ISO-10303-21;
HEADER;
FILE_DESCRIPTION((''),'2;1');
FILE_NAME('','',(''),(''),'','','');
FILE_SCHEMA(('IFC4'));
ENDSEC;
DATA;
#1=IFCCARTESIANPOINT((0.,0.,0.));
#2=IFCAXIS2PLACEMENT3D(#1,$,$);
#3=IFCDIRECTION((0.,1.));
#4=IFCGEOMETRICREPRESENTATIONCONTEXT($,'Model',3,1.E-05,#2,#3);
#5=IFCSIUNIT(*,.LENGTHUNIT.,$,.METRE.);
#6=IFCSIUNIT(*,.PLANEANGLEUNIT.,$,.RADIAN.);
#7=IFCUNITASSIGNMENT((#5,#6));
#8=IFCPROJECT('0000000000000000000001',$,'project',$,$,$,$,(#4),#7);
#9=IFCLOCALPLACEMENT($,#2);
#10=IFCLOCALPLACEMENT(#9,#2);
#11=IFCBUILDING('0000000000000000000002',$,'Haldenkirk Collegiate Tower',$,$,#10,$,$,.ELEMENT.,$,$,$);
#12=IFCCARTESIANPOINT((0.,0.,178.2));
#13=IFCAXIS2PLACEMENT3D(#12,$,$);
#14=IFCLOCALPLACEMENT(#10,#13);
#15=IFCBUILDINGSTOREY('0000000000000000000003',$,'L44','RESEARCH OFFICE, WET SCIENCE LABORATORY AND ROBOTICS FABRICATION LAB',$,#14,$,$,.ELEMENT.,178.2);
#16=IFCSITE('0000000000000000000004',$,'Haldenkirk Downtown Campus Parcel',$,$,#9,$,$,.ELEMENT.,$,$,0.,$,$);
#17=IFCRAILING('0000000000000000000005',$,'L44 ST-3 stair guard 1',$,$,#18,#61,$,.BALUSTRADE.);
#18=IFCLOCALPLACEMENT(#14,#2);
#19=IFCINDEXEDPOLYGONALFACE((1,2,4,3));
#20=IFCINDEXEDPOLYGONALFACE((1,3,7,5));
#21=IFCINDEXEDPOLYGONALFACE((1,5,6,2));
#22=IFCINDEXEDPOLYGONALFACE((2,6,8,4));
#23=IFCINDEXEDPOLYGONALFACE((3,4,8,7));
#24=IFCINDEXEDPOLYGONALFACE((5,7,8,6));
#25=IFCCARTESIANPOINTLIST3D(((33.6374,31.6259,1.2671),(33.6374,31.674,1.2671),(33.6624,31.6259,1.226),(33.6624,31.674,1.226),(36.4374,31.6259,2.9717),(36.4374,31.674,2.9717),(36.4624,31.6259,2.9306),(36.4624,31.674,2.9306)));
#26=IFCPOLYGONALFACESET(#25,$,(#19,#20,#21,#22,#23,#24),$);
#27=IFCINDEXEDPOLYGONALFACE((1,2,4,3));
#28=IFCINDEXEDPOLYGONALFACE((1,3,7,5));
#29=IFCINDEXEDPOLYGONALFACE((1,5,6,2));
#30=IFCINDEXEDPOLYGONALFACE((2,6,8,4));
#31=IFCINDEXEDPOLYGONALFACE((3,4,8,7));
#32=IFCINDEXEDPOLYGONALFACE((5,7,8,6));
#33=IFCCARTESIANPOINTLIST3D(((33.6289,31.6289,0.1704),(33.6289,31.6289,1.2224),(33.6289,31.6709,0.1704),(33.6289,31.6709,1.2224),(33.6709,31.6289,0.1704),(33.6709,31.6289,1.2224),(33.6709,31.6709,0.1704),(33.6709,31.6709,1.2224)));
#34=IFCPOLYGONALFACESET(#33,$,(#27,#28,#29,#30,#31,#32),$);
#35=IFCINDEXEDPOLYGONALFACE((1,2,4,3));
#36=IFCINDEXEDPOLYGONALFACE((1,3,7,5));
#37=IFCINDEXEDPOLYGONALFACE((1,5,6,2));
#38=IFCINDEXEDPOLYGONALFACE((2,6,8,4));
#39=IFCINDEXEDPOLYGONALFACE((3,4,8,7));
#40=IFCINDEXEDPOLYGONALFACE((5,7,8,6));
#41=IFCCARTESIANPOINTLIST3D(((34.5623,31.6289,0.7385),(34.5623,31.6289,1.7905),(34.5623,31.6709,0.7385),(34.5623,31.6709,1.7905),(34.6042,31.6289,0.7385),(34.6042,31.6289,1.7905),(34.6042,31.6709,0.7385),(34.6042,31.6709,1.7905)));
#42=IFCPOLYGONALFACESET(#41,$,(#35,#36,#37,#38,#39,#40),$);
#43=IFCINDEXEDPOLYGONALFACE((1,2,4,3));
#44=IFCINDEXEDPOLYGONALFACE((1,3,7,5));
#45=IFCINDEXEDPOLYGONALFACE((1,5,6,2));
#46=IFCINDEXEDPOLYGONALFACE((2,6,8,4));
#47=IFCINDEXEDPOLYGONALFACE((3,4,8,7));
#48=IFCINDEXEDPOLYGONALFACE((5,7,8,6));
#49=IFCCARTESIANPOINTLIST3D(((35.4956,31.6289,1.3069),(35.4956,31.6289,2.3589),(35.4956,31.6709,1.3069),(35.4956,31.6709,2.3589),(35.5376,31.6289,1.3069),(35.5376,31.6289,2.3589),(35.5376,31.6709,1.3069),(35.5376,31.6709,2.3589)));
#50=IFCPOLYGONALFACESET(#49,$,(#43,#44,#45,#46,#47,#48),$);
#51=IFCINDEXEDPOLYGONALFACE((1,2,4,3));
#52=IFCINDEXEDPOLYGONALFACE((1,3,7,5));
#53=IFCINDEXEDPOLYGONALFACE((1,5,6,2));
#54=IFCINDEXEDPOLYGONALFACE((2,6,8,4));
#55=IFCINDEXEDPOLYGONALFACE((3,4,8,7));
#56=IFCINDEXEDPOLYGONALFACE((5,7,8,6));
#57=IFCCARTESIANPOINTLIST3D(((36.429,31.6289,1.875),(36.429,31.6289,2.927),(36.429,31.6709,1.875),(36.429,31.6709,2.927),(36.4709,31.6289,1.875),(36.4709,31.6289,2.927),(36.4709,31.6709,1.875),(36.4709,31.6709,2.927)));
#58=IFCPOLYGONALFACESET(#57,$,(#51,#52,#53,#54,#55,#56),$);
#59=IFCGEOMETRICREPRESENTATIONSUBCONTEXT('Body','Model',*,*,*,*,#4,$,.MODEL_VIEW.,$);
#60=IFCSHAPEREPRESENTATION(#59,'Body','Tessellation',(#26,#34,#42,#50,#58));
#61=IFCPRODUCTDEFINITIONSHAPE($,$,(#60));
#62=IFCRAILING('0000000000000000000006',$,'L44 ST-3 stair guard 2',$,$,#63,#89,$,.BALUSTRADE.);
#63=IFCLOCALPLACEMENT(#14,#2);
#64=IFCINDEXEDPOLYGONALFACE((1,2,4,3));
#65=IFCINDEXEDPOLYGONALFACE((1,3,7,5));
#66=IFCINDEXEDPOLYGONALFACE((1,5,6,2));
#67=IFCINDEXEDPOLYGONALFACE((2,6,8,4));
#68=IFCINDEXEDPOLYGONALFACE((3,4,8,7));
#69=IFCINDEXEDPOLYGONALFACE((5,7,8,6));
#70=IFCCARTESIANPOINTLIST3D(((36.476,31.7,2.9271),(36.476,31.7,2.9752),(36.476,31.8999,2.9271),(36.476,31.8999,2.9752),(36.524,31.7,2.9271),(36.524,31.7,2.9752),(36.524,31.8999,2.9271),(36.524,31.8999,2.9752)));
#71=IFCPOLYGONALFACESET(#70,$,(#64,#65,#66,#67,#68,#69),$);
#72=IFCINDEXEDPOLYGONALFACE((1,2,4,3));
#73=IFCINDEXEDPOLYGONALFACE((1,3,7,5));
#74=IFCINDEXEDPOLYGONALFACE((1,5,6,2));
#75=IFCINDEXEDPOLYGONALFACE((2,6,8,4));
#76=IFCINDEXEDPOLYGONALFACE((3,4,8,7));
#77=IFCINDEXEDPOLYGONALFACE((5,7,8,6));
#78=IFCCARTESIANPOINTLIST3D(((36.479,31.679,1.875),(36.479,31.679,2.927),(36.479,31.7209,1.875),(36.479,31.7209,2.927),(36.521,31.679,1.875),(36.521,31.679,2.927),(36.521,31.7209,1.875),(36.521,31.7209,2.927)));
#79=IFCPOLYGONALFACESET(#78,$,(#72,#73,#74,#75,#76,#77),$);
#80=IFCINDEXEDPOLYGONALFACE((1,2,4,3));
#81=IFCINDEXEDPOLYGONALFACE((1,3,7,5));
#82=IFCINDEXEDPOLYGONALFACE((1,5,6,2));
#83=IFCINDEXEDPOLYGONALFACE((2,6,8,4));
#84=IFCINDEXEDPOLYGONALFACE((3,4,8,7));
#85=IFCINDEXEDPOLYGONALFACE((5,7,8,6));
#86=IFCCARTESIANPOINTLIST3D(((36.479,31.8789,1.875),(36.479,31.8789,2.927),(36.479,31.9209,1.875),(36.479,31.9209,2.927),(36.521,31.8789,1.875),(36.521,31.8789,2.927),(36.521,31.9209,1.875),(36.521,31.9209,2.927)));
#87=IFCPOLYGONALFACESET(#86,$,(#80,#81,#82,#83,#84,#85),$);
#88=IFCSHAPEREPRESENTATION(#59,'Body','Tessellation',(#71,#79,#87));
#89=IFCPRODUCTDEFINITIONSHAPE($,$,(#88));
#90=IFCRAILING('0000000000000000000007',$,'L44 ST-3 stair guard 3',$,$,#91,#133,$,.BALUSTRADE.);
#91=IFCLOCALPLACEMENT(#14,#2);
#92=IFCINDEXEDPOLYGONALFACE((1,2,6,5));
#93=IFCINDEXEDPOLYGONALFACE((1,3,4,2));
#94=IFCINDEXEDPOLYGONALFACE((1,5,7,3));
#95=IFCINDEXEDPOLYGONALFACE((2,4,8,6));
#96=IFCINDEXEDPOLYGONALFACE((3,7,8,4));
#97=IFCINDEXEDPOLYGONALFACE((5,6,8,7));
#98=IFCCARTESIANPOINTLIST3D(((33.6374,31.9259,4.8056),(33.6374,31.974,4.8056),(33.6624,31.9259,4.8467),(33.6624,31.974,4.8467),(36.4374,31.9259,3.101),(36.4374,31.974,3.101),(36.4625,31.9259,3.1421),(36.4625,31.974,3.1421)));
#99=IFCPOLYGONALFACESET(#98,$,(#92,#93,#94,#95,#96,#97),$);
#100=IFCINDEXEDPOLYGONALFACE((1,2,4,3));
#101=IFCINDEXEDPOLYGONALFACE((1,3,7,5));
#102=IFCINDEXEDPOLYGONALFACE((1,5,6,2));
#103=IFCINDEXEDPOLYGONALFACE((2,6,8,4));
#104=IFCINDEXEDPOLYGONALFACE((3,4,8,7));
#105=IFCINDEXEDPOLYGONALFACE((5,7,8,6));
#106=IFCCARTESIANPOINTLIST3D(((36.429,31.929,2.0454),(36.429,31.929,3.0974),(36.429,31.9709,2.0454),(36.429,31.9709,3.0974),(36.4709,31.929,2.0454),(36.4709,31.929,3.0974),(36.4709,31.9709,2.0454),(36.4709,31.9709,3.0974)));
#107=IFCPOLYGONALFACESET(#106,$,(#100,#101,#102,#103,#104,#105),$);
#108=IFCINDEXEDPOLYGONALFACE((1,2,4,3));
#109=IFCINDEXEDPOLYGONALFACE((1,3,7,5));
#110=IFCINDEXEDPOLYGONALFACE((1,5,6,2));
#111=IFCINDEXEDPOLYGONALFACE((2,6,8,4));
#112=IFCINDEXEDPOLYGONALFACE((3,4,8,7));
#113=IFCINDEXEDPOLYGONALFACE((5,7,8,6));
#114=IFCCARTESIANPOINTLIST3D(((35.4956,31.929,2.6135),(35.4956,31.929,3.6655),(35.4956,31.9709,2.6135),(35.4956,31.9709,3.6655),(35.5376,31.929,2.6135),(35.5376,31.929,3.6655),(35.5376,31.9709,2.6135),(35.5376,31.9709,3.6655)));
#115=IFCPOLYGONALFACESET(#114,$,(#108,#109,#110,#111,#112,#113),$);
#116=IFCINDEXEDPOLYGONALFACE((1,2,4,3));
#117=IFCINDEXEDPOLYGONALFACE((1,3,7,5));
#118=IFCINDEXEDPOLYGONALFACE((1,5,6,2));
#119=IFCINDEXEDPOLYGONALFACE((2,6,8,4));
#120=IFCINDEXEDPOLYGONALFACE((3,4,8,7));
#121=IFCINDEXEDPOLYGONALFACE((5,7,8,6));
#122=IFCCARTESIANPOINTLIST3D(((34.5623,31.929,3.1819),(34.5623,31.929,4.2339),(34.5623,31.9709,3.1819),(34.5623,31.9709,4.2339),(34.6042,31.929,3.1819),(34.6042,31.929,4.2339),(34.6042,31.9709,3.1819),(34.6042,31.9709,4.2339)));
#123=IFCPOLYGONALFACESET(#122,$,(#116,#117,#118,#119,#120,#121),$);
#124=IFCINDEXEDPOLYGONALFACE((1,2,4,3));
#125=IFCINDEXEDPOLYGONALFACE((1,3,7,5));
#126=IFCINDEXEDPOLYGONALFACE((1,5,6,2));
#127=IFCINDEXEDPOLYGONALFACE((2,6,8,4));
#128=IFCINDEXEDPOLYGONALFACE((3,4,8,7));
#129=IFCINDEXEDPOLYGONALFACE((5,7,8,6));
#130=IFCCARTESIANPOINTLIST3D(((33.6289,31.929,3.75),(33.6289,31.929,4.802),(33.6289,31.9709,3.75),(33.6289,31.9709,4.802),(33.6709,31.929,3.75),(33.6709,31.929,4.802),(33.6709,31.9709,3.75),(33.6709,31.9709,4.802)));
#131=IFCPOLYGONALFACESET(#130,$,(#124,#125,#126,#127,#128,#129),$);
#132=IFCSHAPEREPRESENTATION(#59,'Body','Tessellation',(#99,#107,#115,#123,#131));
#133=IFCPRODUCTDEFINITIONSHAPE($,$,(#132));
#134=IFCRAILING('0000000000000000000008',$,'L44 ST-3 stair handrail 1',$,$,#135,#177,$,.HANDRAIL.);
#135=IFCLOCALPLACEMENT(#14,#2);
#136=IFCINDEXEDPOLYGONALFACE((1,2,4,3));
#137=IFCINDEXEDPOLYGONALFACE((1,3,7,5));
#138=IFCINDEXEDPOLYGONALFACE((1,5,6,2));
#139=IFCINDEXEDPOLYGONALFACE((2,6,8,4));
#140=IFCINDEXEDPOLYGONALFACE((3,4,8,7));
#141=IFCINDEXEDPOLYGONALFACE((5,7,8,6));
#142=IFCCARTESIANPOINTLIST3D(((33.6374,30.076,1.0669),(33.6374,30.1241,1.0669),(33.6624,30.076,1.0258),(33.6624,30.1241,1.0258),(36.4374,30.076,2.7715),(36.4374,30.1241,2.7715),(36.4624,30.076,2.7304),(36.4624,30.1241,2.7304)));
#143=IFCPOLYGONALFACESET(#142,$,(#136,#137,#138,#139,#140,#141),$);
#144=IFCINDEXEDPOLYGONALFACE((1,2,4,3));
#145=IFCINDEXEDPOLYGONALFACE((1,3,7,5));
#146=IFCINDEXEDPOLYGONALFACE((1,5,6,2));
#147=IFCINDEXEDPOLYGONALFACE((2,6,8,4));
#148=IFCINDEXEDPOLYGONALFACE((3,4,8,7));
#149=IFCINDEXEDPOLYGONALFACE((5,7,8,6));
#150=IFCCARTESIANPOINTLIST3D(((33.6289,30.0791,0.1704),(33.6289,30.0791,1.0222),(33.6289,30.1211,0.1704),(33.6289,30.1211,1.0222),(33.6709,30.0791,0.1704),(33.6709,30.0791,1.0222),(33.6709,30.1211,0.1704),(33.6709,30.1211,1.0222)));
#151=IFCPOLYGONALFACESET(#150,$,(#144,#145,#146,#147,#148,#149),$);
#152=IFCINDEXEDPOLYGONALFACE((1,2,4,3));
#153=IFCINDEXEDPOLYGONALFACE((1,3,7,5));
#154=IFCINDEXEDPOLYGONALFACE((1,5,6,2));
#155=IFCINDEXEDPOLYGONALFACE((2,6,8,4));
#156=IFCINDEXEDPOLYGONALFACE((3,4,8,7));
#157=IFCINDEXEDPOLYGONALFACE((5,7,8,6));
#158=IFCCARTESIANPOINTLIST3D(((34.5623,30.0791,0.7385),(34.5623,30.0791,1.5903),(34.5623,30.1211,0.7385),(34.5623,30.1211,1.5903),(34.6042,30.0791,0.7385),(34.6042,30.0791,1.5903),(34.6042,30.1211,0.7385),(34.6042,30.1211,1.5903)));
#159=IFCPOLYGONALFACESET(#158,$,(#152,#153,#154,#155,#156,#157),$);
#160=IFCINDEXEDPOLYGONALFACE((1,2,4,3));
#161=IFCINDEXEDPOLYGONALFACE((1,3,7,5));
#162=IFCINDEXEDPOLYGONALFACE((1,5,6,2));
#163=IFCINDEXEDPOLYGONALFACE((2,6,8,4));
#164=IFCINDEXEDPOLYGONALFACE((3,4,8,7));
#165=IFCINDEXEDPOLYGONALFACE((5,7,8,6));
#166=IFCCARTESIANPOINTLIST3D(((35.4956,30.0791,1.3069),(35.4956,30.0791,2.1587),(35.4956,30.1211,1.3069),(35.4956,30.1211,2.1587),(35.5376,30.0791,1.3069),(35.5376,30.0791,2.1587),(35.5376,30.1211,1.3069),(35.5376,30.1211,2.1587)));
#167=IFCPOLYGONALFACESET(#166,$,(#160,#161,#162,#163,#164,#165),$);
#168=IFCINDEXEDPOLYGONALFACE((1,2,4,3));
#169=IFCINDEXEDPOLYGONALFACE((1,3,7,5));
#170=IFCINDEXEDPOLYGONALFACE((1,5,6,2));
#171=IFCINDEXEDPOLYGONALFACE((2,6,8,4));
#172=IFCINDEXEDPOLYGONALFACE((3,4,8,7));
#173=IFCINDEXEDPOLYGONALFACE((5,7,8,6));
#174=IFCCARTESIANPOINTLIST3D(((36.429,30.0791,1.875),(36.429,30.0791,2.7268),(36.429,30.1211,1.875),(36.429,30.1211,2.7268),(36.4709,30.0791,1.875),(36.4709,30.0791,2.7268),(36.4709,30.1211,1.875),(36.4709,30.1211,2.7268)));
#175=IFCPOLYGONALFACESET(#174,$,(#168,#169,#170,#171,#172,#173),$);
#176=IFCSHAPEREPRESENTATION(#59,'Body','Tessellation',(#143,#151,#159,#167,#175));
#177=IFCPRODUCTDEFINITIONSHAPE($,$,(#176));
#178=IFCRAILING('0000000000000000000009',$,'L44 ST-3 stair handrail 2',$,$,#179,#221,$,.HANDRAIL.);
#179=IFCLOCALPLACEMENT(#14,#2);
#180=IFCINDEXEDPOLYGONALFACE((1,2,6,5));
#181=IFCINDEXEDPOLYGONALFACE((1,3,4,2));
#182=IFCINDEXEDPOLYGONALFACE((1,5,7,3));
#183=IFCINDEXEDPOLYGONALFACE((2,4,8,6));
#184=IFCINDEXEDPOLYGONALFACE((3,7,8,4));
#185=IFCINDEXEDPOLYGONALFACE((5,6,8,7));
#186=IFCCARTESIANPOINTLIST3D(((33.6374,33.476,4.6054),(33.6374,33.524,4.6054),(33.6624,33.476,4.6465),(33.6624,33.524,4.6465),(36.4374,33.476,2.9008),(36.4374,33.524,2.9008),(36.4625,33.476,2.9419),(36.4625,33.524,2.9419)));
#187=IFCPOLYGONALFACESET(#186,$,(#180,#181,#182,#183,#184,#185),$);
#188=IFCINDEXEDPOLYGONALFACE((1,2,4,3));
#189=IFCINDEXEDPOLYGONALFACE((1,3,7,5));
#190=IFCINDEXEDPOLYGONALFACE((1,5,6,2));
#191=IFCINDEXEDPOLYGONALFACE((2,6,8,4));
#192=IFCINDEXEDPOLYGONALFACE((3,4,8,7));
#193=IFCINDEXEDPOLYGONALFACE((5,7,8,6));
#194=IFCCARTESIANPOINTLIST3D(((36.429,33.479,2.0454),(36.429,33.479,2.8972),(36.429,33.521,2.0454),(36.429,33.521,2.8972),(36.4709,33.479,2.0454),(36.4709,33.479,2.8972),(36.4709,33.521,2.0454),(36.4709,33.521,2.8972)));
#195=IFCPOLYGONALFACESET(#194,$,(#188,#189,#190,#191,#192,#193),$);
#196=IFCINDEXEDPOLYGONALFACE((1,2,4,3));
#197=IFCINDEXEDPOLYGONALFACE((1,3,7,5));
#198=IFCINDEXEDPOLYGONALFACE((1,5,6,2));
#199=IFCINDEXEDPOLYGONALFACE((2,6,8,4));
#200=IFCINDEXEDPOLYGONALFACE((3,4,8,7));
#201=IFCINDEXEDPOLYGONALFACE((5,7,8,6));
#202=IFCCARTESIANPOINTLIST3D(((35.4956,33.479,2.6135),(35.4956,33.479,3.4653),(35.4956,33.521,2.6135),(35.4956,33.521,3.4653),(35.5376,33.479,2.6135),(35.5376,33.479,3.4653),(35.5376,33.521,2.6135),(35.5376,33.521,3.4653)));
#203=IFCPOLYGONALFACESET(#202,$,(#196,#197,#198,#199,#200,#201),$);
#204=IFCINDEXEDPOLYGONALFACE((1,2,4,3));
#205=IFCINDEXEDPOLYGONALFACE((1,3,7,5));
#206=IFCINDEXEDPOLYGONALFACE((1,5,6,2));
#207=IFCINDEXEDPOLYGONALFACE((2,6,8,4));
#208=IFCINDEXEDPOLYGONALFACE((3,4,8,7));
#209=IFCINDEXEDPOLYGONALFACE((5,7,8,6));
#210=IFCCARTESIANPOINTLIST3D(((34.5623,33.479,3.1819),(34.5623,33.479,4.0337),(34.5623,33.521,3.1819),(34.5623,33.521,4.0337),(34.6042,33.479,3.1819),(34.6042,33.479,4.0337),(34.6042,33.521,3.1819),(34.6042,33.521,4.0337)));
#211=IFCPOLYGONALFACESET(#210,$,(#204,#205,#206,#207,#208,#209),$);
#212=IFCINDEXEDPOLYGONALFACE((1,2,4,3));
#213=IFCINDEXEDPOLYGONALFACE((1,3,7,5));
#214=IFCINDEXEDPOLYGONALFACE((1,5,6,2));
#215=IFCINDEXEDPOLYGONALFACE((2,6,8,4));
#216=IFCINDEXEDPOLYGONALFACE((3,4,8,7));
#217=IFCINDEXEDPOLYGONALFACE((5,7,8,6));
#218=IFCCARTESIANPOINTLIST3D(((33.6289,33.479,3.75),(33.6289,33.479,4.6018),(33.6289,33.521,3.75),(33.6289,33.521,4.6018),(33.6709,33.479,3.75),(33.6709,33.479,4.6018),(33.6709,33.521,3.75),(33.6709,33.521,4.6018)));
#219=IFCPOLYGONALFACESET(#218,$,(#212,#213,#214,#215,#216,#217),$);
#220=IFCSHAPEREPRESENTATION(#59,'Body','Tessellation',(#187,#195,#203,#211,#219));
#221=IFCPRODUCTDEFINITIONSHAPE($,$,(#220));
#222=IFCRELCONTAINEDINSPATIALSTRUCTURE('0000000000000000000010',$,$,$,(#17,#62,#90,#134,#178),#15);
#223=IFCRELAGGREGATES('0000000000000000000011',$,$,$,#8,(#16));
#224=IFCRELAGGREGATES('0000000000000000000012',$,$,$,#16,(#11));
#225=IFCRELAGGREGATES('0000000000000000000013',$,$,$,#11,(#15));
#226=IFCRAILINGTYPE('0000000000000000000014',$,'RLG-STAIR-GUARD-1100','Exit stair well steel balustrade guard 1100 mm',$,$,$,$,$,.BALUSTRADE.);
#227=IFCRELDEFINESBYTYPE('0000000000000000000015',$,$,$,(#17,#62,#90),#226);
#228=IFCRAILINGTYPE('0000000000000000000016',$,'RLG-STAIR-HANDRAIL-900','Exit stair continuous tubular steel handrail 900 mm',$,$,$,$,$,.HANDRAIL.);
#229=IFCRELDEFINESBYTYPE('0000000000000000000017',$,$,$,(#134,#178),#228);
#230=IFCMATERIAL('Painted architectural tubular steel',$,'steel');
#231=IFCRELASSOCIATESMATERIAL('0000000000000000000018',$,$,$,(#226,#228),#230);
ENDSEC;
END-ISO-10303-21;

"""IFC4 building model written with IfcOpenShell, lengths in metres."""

from ifc_helpers import new_model, si_unit, direction, frame, origin, origin_2d, place, context, subcontext, project, spatial, rectangle, extrude, material, type_object, element, save


model = new_model("IFC4")

# Units and contexts
model_context = context("Model", 3, precision=1e-05, world=origin(), true_north=direction((0.0, 1.0)))
body_context = subcontext(model_context, "Body", "Model", "MODEL_VIEW")
ifc_project = project(units=[si_unit("LENGTHUNIT", "METRE"), si_unit("PLANEANGLEUNIT", "RADIAN")], contexts=[model_context])

# Site, building, storey
site_placement = place(None, origin())
site = spatial("IfcSite", under=ifc_project, at=site_placement, Name="Haldenkirk Downtown Campus Parcel", CompositionType="ELEMENT", RefElevation=0.0)
building_placement = place(site_placement, origin())
building = spatial("IfcBuilding", under=site, at=building_placement, Name="Haldenkirk Collegiate Tower", CompositionType="ELEMENT")
storey_placement = place(building_placement, frame((0.0, 0.0, 178.2)))
storey = spatial("IfcBuildingStorey", under=building, at=storey_placement, Name="L44", Description="RESEARCH OFFICE, WET SCIENCE LABORATORY AND ROBOTICS FABRICATION LAB", CompositionType="ELEMENT", Elevation=178.2)

# Railings
ifc_material_1 = material(Name="Painted architectural tubular steel", Category="steel")
railing_type_1 = type_object("IfcRailingType", Name="RLG-STAIR-GUARD-1100", Description="Exit stair well steel balustrade guard 1100 mm", PredefinedType="BALUSTRADE", material=ifc_material_1)
railing_1_placement = place(storey_placement, frame((33.6499, 31.6499, 0.1704)))
element("IfcRailing", 1, at=railing_1_placement, inside=storey, type_object=railing_type_1, Name="L44 ST-3 stair guard 1", PredefinedType="BALUSTRADE", context=body_context, shape_type="SweptSolid", body=[
    extrude(rectangle(XDim=0.0481, YDim=0.0481, at=origin_2d()), frame((0.0, 0.0, 1.0762), z_axis=(0.85417, 0.0, 0.519994), x_axis=(0.0, 1.0, 0.0)), (0.0, 0.0, 1.0), 3.2781),
    extrude(rectangle(XDim=0.042, YDim=0.042, at=origin_2d()), origin(), (0.0, 0.0, 1.0), 1.052),
    extrude(rectangle(XDim=0.042, YDim=0.042, at=origin_2d()), frame((0.9333, 0.0, 0.5681)), (0.0, 0.0, 1.0), 1.052),
    extrude(rectangle(XDim=0.042, YDim=0.042, at=origin_2d()), frame((1.8667, 0.0, 1.1365)), (0.0, 0.0, 1.0), 1.052),
    extrude(rectangle(XDim=0.042, YDim=0.042, at=origin_2d()), frame((2.8, 0.0, 1.7046)), (0.0, 0.0, 1.0), 1.052),
])
railing_2_placement = place(storey_placement, frame((36.5, 31.7, 1.875)))
element("IfcRailing", 2, at=railing_2_placement, inside=storey, type_object=railing_type_1, Name="L44 ST-3 stair guard 2", PredefinedType="BALUSTRADE", context=body_context, shape_type="SweptSolid", body=[
    extrude(rectangle(XDim=0.0481, YDim=0.0481, at=origin_2d()), frame((0.0, 0.0, 1.0762), z_axis=(0.0, 1.0, 0.0), x_axis=(-1.0, 0.0, 0.0)), (0.0, 0.0, 1.0), 0.2),
    extrude(rectangle(XDim=0.042, YDim=0.042, at=origin_2d()), origin(), (0.0, 0.0, 1.0), 1.052),
    extrude(rectangle(XDim=0.042, YDim=0.042, at=origin_2d()), frame((0.0, 0.2, 0.0)), (0.0, 0.0, 1.0), 1.052),
])
railing_3_placement = place(storey_placement, frame((36.45, 31.95, 2.0454)))
element("IfcRailing", 3, at=railing_3_placement, inside=storey, type_object=railing_type_1, Name="L44 ST-3 stair guard 3", PredefinedType="BALUSTRADE", context=body_context, shape_type="SweptSolid", body=[
    extrude(rectangle(XDim=0.0481, YDim=0.0481, at=origin_2d()), frame((0.0, 0.0, 1.0762), z_axis=(-0.85417, 0.0, 0.519994), x_axis=(0.0, -1.0, 0.0)), (0.0, 0.0, 1.0), 3.2781),
    extrude(rectangle(XDim=0.042, YDim=0.042, at=origin_2d()), origin(), (0.0, 0.0, 1.0), 1.052),
    extrude(rectangle(XDim=0.042, YDim=0.042, at=origin_2d()), frame((-0.9333, 0.0, 0.5681)), (0.0, 0.0, 1.0), 1.052),
    extrude(rectangle(XDim=0.042, YDim=0.042, at=origin_2d()), frame((-1.8667, 0.0, 1.1365)), (0.0, 0.0, 1.0), 1.052),
    extrude(rectangle(XDim=0.042, YDim=0.042, at=origin_2d()), frame((-2.8, 0.0, 1.7046)), (0.0, 0.0, 1.0), 1.052),
])
railing_type_2 = type_object("IfcRailingType", Name="RLG-STAIR-HANDRAIL-900", Description="Exit stair continuous tubular steel handrail 900 mm", PredefinedType="HANDRAIL", material=ifc_material_1)
railing_4_placement = place(storey_placement, frame((33.6499, 30.1001, 0.1704)))
element("IfcRailing", 4, at=railing_4_placement, inside=storey, type_object=railing_type_2, Name="L44 ST-3 stair handrail 1", PredefinedType="HANDRAIL", context=body_context, shape_type="SweptSolid", body=[
    extrude(rectangle(XDim=0.0481, YDim=0.0481, at=origin_2d()), frame((0.0, 0.0, 0.876), z_axis=(0.85417, 0.0, 0.519994), x_axis=(0.0, 1.0, 0.0)), (0.0, 0.0, 1.0), 3.2781),
    extrude(rectangle(XDim=0.042, YDim=0.042, at=origin_2d()), origin(), (0.0, 0.0, 1.0), 0.8518),
    extrude(rectangle(XDim=0.042, YDim=0.042, at=origin_2d()), frame((0.9333, 0.0, 0.5681)), (0.0, 0.0, 1.0), 0.8518),
    extrude(rectangle(XDim=0.042, YDim=0.042, at=origin_2d()), frame((1.8667, 0.0, 1.1365)), (0.0, 0.0, 1.0), 0.8518),
    extrude(rectangle(XDim=0.042, YDim=0.042, at=origin_2d()), frame((2.8, 0.0, 1.7046)), (0.0, 0.0, 1.0), 0.8518),
])
railing_5_placement = place(storey_placement, frame((36.45, 33.5, 2.0454)))
element("IfcRailing", 5, at=railing_5_placement, inside=storey, type_object=railing_type_2, Name="L44 ST-3 stair handrail 2", PredefinedType="HANDRAIL", context=body_context, shape_type="SweptSolid", body=[
    extrude(rectangle(XDim=0.0481, YDim=0.0481, at=origin_2d()), frame((0.0, 0.0, 0.876), z_axis=(-0.85417, 0.0, 0.519994), x_axis=(0.0, -1.0, 0.0)), (0.0, 0.0, 1.0), 3.2781),
    extrude(rectangle(XDim=0.042, YDim=0.042, at=origin_2d()), origin(), (0.0, 0.0, 1.0), 0.8518),
    extrude(rectangle(XDim=0.042, YDim=0.042, at=origin_2d()), frame((-0.9333, 0.0, 0.5681)), (0.0, 0.0, 1.0), 0.8518),
    extrude(rectangle(XDim=0.042, YDim=0.042, at=origin_2d()), frame((-1.8667, 0.0, 1.1365)), (0.0, 0.0, 1.0), 0.8518),
    extrude(rectangle(XDim=0.042, YDim=0.042, at=origin_2d()), frame((-2.8, 0.0, 1.7046)), (0.0, 0.0, 1.0), 0.8518),
])

save(model, "model.ifc")
